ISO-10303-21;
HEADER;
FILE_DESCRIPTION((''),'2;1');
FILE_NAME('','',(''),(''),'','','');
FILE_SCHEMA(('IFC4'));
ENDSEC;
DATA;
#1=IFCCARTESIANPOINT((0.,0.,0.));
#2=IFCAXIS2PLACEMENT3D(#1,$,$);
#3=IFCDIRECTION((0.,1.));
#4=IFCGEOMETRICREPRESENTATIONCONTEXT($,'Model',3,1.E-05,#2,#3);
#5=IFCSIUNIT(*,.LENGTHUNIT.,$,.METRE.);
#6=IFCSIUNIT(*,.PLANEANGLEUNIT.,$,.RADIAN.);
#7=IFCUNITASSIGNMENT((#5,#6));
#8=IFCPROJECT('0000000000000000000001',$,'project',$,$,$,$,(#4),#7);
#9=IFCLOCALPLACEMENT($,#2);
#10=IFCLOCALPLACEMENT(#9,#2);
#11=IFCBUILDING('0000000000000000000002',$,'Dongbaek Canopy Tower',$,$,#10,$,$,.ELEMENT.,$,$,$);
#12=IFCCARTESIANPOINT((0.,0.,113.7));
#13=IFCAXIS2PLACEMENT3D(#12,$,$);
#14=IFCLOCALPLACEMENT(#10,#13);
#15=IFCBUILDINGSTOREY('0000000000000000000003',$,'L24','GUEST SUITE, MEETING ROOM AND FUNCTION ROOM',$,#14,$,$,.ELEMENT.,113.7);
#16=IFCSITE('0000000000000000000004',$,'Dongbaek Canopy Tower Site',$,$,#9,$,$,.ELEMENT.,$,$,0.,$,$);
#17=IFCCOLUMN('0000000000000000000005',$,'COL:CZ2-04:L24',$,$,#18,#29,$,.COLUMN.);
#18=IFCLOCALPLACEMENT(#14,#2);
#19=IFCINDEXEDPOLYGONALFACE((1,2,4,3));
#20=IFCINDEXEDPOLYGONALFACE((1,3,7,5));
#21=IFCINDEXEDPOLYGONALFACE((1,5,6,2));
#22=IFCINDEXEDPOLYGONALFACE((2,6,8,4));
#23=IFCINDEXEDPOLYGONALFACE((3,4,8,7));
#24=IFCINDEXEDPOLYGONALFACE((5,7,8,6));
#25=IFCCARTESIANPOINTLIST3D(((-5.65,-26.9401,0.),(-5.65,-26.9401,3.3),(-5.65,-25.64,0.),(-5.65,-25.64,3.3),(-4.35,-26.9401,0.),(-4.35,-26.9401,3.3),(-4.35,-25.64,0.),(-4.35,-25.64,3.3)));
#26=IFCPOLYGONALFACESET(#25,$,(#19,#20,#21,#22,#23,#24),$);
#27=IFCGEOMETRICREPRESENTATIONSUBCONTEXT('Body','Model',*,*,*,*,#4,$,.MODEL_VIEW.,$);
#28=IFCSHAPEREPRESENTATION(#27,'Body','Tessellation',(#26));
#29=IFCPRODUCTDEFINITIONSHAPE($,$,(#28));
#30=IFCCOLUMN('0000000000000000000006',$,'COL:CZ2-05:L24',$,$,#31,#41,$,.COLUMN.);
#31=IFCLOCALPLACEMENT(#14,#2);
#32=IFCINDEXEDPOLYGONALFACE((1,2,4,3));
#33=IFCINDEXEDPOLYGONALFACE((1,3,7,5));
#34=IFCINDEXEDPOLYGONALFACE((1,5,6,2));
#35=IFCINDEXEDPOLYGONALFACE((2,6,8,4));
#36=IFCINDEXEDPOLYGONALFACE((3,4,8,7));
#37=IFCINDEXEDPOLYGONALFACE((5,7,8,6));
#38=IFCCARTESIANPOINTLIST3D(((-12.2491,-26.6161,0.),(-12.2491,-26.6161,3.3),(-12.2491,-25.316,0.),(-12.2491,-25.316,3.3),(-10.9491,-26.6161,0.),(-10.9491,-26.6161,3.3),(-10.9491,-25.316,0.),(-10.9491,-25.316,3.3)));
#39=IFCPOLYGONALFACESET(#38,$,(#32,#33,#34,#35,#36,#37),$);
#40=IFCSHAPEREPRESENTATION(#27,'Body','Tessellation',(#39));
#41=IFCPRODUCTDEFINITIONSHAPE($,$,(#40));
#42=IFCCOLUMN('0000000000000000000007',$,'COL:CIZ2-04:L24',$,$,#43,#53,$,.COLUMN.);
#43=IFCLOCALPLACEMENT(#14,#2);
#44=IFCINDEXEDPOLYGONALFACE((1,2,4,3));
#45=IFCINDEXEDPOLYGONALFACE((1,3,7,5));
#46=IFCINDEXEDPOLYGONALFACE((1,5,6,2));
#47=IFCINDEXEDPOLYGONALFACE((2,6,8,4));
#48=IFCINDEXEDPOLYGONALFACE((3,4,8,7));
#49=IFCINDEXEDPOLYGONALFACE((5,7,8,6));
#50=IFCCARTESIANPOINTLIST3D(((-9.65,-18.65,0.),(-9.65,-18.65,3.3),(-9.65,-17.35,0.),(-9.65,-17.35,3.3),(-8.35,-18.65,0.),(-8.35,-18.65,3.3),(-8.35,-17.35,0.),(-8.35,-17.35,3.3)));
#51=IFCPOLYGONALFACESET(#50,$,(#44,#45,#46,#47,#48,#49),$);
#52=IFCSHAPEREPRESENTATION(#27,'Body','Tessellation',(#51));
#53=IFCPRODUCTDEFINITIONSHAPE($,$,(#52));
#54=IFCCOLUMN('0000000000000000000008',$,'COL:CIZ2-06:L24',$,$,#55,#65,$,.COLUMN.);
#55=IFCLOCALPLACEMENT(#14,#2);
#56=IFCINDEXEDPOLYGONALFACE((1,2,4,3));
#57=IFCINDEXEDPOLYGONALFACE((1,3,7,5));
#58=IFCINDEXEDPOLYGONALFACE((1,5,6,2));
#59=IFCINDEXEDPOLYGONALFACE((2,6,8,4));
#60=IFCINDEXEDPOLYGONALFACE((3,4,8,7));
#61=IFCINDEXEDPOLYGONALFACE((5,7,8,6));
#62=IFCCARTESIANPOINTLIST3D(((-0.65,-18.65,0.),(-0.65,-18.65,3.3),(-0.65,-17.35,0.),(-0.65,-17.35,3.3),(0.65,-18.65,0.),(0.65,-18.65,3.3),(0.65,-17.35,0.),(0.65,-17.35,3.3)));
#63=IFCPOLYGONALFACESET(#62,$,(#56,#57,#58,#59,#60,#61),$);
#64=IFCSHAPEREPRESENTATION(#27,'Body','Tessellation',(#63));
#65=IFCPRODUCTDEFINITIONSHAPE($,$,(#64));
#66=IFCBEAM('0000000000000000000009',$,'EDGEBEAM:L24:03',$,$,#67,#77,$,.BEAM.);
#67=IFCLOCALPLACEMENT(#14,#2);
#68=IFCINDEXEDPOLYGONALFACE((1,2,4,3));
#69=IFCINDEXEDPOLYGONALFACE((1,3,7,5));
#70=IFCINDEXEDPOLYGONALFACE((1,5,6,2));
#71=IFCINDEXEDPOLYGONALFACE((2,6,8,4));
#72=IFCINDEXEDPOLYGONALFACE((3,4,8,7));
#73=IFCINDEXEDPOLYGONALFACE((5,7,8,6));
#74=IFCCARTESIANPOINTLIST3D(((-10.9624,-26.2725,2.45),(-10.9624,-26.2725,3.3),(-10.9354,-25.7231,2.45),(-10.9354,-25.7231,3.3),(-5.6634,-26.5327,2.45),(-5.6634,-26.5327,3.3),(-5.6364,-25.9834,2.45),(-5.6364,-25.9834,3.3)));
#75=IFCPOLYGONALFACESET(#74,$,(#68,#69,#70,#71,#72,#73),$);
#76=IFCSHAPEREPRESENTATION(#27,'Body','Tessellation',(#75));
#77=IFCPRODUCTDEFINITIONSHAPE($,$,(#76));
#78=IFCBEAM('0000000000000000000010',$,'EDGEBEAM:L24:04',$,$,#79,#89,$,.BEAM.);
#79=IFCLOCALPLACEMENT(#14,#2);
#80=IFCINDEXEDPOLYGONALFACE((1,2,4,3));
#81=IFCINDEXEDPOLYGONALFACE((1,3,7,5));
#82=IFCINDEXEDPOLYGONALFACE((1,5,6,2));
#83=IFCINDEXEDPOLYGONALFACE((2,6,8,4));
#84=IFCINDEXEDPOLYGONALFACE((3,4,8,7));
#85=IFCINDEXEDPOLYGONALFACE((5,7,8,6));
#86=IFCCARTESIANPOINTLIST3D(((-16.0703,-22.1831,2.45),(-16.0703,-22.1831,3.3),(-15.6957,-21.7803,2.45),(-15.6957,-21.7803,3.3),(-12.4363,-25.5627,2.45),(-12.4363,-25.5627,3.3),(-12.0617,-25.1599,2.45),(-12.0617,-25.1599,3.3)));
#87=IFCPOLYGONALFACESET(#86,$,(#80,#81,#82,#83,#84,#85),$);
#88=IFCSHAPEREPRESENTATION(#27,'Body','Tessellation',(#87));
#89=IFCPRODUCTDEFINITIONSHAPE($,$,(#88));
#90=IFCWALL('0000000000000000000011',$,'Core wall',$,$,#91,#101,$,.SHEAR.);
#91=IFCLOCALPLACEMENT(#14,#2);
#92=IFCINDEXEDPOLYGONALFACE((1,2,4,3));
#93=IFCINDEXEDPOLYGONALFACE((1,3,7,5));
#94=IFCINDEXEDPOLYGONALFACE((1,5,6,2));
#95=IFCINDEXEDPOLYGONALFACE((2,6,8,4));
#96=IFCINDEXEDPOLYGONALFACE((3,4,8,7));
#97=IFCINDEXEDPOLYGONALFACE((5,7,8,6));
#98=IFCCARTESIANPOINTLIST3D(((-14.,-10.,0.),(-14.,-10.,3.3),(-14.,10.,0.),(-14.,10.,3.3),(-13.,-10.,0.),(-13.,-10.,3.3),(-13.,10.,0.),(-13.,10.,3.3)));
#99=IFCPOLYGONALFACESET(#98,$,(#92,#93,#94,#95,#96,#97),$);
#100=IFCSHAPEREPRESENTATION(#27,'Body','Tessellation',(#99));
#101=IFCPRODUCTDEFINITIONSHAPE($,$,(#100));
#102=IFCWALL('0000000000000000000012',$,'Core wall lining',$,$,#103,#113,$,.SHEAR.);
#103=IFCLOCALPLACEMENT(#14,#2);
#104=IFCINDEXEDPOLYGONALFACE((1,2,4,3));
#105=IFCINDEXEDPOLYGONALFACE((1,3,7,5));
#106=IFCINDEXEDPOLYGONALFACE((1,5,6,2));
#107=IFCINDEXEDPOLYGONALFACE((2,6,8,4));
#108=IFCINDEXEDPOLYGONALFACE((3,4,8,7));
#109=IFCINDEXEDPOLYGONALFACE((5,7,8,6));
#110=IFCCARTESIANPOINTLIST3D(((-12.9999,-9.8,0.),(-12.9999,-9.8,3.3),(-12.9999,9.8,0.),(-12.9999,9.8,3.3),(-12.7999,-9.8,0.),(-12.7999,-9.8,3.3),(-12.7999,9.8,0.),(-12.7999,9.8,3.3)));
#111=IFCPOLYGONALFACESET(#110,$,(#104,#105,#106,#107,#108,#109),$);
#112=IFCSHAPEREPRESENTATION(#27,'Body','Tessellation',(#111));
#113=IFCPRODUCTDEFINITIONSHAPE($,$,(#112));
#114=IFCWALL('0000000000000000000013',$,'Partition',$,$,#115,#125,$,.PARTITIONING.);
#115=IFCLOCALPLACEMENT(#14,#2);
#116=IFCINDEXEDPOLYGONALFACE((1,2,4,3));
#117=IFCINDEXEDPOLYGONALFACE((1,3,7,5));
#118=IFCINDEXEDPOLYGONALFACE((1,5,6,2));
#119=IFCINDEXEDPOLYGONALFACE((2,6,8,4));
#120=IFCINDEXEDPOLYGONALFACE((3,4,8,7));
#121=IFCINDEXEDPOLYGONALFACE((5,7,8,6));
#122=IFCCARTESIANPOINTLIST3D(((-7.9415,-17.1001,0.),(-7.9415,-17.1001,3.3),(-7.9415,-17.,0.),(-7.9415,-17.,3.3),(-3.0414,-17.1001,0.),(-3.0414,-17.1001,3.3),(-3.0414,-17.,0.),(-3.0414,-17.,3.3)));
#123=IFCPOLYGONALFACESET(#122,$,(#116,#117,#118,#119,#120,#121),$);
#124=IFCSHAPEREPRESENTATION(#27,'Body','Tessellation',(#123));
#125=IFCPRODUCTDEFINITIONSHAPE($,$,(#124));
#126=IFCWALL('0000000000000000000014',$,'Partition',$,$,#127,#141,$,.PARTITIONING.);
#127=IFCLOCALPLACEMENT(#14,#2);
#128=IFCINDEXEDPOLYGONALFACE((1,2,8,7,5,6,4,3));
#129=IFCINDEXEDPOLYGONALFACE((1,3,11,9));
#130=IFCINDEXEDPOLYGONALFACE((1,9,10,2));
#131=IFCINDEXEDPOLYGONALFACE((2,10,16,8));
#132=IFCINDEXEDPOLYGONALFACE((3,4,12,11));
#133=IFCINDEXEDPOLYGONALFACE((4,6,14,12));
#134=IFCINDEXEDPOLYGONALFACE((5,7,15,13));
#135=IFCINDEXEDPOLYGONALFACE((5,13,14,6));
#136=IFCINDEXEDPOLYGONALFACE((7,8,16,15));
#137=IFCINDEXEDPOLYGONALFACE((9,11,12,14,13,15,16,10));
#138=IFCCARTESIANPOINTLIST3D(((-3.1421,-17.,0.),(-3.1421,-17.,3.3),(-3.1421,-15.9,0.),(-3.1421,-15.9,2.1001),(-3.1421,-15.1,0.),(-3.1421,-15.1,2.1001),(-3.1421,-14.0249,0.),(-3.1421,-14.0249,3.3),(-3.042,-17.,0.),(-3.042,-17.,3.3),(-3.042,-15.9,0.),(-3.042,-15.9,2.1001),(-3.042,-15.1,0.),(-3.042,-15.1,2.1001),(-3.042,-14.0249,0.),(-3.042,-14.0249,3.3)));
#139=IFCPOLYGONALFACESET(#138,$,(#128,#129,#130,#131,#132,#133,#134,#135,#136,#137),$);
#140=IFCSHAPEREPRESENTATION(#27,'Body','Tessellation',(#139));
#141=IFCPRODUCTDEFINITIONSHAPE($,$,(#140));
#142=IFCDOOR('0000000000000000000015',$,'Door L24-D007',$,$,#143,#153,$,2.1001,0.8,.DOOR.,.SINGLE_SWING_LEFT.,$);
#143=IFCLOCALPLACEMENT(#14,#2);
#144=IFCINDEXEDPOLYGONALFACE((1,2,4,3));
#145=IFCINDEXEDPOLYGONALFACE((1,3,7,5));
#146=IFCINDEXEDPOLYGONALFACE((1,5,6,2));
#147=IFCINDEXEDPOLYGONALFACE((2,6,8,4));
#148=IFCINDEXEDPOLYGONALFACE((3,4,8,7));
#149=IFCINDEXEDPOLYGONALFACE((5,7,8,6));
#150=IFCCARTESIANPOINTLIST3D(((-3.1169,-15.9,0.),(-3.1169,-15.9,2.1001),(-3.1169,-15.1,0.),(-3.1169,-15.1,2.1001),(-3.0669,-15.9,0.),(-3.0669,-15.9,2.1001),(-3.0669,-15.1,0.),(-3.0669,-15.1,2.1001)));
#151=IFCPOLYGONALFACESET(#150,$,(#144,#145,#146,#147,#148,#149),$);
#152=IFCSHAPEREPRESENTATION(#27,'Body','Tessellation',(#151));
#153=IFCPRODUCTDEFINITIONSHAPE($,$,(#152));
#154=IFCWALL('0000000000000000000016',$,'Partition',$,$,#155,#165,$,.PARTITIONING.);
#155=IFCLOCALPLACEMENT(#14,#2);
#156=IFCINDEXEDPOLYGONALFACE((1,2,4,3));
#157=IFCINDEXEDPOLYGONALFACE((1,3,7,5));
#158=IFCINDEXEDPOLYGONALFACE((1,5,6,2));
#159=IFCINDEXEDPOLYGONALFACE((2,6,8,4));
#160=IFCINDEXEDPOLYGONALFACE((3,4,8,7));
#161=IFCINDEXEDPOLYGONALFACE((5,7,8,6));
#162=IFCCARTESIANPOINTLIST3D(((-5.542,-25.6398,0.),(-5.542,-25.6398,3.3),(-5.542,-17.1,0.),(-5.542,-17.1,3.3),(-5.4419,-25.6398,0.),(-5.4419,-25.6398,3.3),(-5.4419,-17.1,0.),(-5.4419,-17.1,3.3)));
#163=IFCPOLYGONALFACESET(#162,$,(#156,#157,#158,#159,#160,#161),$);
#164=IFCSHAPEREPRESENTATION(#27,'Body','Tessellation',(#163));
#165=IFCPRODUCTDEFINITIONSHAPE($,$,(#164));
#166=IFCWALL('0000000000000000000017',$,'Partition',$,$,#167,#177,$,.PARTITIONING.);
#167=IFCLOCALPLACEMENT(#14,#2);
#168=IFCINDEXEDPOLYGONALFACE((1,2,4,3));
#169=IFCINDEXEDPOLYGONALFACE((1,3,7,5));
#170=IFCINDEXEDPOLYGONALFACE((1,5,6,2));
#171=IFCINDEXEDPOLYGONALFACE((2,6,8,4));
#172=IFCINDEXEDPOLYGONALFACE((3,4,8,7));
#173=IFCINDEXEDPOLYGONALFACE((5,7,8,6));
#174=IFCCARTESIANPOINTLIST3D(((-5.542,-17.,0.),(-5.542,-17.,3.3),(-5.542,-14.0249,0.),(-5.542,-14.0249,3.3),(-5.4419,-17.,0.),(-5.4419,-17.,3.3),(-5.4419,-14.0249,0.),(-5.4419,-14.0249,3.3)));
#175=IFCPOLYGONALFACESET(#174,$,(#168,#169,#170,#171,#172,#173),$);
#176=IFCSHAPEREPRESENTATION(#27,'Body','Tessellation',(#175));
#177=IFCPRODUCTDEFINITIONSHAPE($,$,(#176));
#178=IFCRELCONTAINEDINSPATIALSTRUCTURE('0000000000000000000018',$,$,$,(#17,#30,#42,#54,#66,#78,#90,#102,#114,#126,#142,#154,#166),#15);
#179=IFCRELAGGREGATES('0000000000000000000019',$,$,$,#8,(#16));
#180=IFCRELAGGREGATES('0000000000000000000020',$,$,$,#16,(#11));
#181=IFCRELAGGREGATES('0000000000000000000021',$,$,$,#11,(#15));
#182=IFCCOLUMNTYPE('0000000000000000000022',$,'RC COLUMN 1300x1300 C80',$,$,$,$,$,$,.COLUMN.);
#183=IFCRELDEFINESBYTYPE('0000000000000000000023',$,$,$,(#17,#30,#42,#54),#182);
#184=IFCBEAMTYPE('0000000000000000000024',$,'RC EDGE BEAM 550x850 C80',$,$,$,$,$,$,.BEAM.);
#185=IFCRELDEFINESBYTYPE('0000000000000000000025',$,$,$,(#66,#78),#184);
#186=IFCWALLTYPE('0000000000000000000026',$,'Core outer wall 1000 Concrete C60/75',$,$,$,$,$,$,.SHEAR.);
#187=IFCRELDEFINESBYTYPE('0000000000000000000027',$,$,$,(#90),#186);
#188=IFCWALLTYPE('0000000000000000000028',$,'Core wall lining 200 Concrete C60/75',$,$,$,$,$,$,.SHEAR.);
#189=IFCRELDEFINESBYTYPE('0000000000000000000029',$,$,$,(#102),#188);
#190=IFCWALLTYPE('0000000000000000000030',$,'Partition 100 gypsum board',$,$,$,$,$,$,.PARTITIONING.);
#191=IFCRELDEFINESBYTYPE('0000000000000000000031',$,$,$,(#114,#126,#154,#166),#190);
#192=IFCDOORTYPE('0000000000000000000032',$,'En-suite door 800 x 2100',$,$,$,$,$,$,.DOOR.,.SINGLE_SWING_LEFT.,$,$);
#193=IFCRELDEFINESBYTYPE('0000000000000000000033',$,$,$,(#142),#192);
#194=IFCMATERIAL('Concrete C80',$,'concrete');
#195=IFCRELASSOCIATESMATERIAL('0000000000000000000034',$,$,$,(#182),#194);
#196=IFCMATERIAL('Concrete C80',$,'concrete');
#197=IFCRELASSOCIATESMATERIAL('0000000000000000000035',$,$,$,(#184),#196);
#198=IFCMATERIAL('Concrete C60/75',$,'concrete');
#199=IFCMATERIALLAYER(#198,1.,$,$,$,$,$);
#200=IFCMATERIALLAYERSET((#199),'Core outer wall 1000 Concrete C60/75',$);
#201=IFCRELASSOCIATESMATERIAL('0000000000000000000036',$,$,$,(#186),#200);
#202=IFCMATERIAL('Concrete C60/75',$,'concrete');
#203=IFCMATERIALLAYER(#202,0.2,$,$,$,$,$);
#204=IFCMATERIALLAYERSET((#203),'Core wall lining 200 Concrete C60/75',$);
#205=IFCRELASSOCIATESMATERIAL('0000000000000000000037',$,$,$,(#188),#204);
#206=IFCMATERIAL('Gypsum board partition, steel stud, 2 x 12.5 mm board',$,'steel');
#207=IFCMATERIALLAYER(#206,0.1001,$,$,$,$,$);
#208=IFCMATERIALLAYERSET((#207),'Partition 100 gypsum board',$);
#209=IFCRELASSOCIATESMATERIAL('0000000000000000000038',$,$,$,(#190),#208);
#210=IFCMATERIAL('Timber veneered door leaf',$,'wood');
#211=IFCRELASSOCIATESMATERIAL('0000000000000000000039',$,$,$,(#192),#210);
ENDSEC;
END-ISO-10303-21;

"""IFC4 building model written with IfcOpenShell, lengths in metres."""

from ifc_helpers import new_model, si_unit, direction, frame, frame_2d, origin, origin_2d, place, context, subcontext, project, spatial, rectangle, extrude, material, layer, layer_set, material_profile, profile_set, type_object, element, fill, save


model = new_model("IFC4")

# Units and contexts
model_context = context("Model", 3, precision=1e-05, world=origin(), true_north=direction((0.0, 1.0)))
body_context = subcontext(model_context, "Body", "Model", "MODEL_VIEW")
ifc_project = project(units=[si_unit("LENGTHUNIT", "METRE"), si_unit("PLANEANGLEUNIT", "RADIAN")], contexts=[model_context])

# Site, building, storey
site_placement = place(None, origin())
site = spatial("IfcSite", under=ifc_project, at=site_placement, Name="Dongbaek Canopy Tower Site", CompositionType="ELEMENT", RefElevation=0.0)
building_placement = place(site_placement, origin())
building = spatial("IfcBuilding", under=site, at=building_placement, Name="Dongbaek Canopy Tower", CompositionType="ELEMENT")
storey_placement = place(building_placement, frame((0.0, 0.0, 113.7)))
storey = spatial("IfcBuildingStorey", under=building, at=storey_placement, Name="L24", Description="GUEST SUITE, MEETING ROOM AND FUNCTION ROOM", CompositionType="ELEMENT", Elevation=113.7)

# Columns
ifc_material_1 = material(Name="Concrete C80", Category="concrete")
ifc_material_profile_1 = material_profile(ifc_material_1, rectangle(XDim=1.3, YDim=1.3, at=origin_2d()), Name="RC COLUMN 1300x1300 C80")
ifc_profile_set_1 = profile_set([ifc_material_profile_1], Name="Concrete C80")
column_type = type_object("IfcColumnType", Name="RC COLUMN 1300x1300 C80", PredefinedType="COLUMN", material=ifc_profile_set_1)
for number, where, z_axis, x_axis, name in (
    (1, (-5.0, -26.29, 0.0), (0.0, 0.0, 1.0), (1.0, 0.0, 0.0), "COL:CZ2-04:L24"),
    (2, (-11.5991, -25.9661, 0.0), (0.0, 0.0, 1.0), (1.0, 0.0, 0.0), "COL:CZ2-05:L24"),
    (3, (-9.0, -18.0, 0.0), (0.0, 0.0, 1.0), (1.0, 0.0, 0.0), "COL:CIZ2-04:L24"),
    (4, (0.0, -18.0, 0.0), (0.0, 0.0, 1.0), (1.0, 0.0, 0.0), "COL:CIZ2-06:L24"),
):
    element("IfcColumn", number, at=place(storey_placement, frame(where, z_axis=z_axis, x_axis=x_axis)), inside=storey, type_object=column_type, Name=name, PredefinedType="COLUMN", context=body_context, shape_type="SweptSolid", body=[
        extrude(rectangle(XDim=1.3, YDim=1.3, at=origin_2d()), origin(), (0.0, 0.0, 1.0), 3.3),
    ])

# Beams
ifc_material_2 = material(Name="Concrete C80", Category="concrete")
ifc_material_profile_2 = material_profile(ifc_material_2, rectangle(XDim=0.55, YDim=0.8501, at=origin_2d()), Name="RC EDGE BEAM 550x850 C80")
ifc_profile_set_2 = profile_set([ifc_material_profile_2], Name="Concrete C80")
beam_type = type_object("IfcBeamType", Name="RC EDGE BEAM 550x850 C80", PredefinedType="BEAM", material=ifc_profile_set_2)
beam_1_placement = place(storey_placement, frame((-5.6499, -26.2581, 2.875), z_axis=(-0.998796, 0.049054, 0.0), x_axis=(-0.049054, -0.998796, 0.0)))
element("IfcBeam", 5, at=beam_1_placement, inside=storey, type_object=beam_type, Name="EDGEBEAM:L24:03", PredefinedType="BEAM", context=body_context, shape_type="SweptSolid", body=[
    extrude(rectangle(XDim=0.55, YDim=0.8501, at=origin_2d()), origin(), (0.0, 0.0, 1.0), 5.3054),
])
beam_2_placement = place(storey_placement, frame((-12.249, -25.3613, 2.875), z_axis=(-0.732273, 0.681011, 0.0), x_axis=(-0.681011, -0.732273, 0.0)))
element("IfcBeam", 6, at=beam_2_placement, inside=storey, type_object=beam_type, Name="EDGEBEAM:L24:04", PredefinedType="BEAM", context=body_context, shape_type="SweptSolid", body=[
    extrude(rectangle(XDim=0.55, YDim=0.8501, at=origin_2d()), origin(), (0.0, 0.0, 1.0), 4.9626),
])

# Walls
ifc_material_3 = material(Name="Concrete C60/75", Category="concrete")
ifc_layer_1 = layer(ifc_material_3, 1.0)
ifc_layer_set_1 = layer_set([ifc_layer_1], Name="Core outer wall 1000 Concrete C60/75")
wall_type_1 = type_object("IfcWallType", Name="Core outer wall 1000 Concrete C60/75", PredefinedType="SHEAR", material=ifc_layer_set_1)
wall_1_placement = place(storey_placement, frame((-13.5, -10.0, 0.0), z_axis=(0.0, 0.0, 1.0), x_axis=(0.0, 1.0, 0.0)))
element("IfcWall", 7, at=wall_1_placement, inside=storey, type_object=wall_type_1, Name="Core wall", PredefinedType="SHEAR", context=body_context, shape_type="SweptSolid", body=[
    extrude(rectangle(XDim=20.0, YDim=1.0, at=frame_2d((10.0, 0.0))), origin(), (0.0, 0.0, 1.0), 3.3),
])
ifc_material_4 = material(Name="Concrete C60/75", Category="concrete")
ifc_layer_2 = layer(ifc_material_4, 0.2)
ifc_layer_set_2 = layer_set([ifc_layer_2], Name="Core wall lining 200 Concrete C60/75")
wall_type_2 = type_object("IfcWallType", Name="Core wall lining 200 Concrete C60/75", PredefinedType="SHEAR", material=ifc_layer_set_2)
wall_2_placement = place(storey_placement, frame((-12.8999, -9.8, 0.0), z_axis=(0.0, 0.0, 1.0), x_axis=(0.0, 1.0, 0.0)))
element("IfcWall", 8, at=wall_2_placement, inside=storey, type_object=wall_type_2, Name="Core wall lining", PredefinedType="SHEAR", context=body_context, shape_type="SweptSolid", body=[
    extrude(rectangle(XDim=19.6001, YDim=0.2, at=frame_2d((9.8, 0.0))), origin(), (0.0, 0.0, 1.0), 3.3),
])
ifc_material_5 = material(Name="Gypsum board partition, steel stud, 2 x 12.5 mm board", Category="steel")
ifc_layer_3 = layer(ifc_material_5, 0.1001)
ifc_layer_set_3 = layer_set([ifc_layer_3], Name="Partition 100 gypsum board")
wall_type_3 = type_object("IfcWallType", Name="Partition 100 gypsum board", PredefinedType="PARTITIONING", material=ifc_layer_set_3)
wall_3_placement = place(storey_placement, frame((-7.9417, -17.05, 0.0), z_axis=(0.0, 0.0, 1.0), x_axis=(1.0, 0.0, 0.0)))
element("IfcWall", 9, at=wall_3_placement, inside=storey, type_object=wall_type_3, Name="Partition", PredefinedType="PARTITIONING", context=body_context, shape_type="SweptSolid", body=[
    extrude(rectangle(XDim=4.9001, YDim=0.1001, at=frame_2d((2.4502, 0.0))), origin(), (0.0, 0.0, 1.0), 3.3),
])

# Wall, opening, door
wall_4_placement = place(storey_placement, frame((-3.092, -17.0, 0.0), z_axis=(0.0, 0.0, 1.0), x_axis=(0.0, 1.0, 0.0)))
wall_4 = element("IfcWall", 10, at=wall_4_placement, inside=storey, type_object=wall_type_3, Name="Partition", PredefinedType="PARTITIONING", context=body_context, shape_type="SweptSolid", body=[
    extrude(rectangle(XDim=2.9751, YDim=0.1001, at=frame_2d((1.4875, 0.0))), origin(), (0.0, 0.0, 1.0), 3.3),
])
opening_1_placement = place(wall_4_placement, frame((1.1001, 0.0, 0.0)))
opening_1 = element("IfcOpeningElement", 11, at=opening_1_placement, cuts=wall_4, PredefinedType="OPENING", context=body_context, shape_type="SweptSolid", body=[
    extrude(rectangle(XDim=0.8, YDim=2.1001, at=frame_2d((0.3999, 1.05))), frame((0.0, 0.0601, 0.0), z_axis=(0.0, -1.0, 0.0), x_axis=(1.0, 0.0, 0.0)), (0.0, 0.0, 1.0), 0.1201),
])
ifc_material_6 = material(Name="Timber veneered door leaf", Category="wood")
door_type = type_object("IfcDoorType", Name="En-suite door 800 x 2100", OperationType="SINGLE_SWING_LEFT", PredefinedType="DOOR", material=ifc_material_6)
door_1_placement = place(opening_1_placement, origin())
door_1 = element("IfcDoor", 12, at=door_1_placement, inside=storey, type_object=door_type, Name="Door L24-D007", OperationType="SINGLE_SWING_LEFT", OverallHeight=2.1001, OverallWidth=0.8, PredefinedType="DOOR", context=body_context, shape_type="SweptSolid", body=[
    extrude(rectangle(XDim=0.8, YDim=2.1001, at=frame_2d((0.3999, 1.05))), frame((0.0, 0.0249, 0.0), z_axis=(0.0, -1.0, 0.0), x_axis=(1.0, 0.0, 0.0)), (0.0, 0.0, 1.0), 0.05),
])
fill(opening_1, door_1)

# Walls
wall_5_placement = place(storey_placement, frame((-5.4919, -25.6399, 0.0), z_axis=(0.0, 0.0, 1.0), x_axis=(0.0, 1.0, 0.0)))
element("IfcWall", 13, at=wall_5_placement, inside=storey, type_object=wall_type_3, Name="Partition", PredefinedType="PARTITIONING", context=body_context, shape_type="SweptSolid", body=[
    extrude(rectangle(XDim=8.5398, YDim=0.1001, at=frame_2d((4.27, 0.0))), origin(), (0.0, 0.0, 1.0), 3.3),
])
wall_6_placement = place(storey_placement, frame((-5.4919, -17.0, 0.0), z_axis=(0.0, 0.0, 1.0), x_axis=(0.0, 1.0, 0.0)))
element("IfcWall", 14, at=wall_6_placement, inside=storey, type_object=wall_type_3, Name="Partition", PredefinedType="PARTITIONING", context=body_context, shape_type="SweptSolid", body=[
    extrude(rectangle(XDim=2.9751, YDim=0.1001, at=frame_2d((1.4875, 0.0))), origin(), (0.0, 0.0, 1.0), 3.3),
])

save(model, "model.ifc")
